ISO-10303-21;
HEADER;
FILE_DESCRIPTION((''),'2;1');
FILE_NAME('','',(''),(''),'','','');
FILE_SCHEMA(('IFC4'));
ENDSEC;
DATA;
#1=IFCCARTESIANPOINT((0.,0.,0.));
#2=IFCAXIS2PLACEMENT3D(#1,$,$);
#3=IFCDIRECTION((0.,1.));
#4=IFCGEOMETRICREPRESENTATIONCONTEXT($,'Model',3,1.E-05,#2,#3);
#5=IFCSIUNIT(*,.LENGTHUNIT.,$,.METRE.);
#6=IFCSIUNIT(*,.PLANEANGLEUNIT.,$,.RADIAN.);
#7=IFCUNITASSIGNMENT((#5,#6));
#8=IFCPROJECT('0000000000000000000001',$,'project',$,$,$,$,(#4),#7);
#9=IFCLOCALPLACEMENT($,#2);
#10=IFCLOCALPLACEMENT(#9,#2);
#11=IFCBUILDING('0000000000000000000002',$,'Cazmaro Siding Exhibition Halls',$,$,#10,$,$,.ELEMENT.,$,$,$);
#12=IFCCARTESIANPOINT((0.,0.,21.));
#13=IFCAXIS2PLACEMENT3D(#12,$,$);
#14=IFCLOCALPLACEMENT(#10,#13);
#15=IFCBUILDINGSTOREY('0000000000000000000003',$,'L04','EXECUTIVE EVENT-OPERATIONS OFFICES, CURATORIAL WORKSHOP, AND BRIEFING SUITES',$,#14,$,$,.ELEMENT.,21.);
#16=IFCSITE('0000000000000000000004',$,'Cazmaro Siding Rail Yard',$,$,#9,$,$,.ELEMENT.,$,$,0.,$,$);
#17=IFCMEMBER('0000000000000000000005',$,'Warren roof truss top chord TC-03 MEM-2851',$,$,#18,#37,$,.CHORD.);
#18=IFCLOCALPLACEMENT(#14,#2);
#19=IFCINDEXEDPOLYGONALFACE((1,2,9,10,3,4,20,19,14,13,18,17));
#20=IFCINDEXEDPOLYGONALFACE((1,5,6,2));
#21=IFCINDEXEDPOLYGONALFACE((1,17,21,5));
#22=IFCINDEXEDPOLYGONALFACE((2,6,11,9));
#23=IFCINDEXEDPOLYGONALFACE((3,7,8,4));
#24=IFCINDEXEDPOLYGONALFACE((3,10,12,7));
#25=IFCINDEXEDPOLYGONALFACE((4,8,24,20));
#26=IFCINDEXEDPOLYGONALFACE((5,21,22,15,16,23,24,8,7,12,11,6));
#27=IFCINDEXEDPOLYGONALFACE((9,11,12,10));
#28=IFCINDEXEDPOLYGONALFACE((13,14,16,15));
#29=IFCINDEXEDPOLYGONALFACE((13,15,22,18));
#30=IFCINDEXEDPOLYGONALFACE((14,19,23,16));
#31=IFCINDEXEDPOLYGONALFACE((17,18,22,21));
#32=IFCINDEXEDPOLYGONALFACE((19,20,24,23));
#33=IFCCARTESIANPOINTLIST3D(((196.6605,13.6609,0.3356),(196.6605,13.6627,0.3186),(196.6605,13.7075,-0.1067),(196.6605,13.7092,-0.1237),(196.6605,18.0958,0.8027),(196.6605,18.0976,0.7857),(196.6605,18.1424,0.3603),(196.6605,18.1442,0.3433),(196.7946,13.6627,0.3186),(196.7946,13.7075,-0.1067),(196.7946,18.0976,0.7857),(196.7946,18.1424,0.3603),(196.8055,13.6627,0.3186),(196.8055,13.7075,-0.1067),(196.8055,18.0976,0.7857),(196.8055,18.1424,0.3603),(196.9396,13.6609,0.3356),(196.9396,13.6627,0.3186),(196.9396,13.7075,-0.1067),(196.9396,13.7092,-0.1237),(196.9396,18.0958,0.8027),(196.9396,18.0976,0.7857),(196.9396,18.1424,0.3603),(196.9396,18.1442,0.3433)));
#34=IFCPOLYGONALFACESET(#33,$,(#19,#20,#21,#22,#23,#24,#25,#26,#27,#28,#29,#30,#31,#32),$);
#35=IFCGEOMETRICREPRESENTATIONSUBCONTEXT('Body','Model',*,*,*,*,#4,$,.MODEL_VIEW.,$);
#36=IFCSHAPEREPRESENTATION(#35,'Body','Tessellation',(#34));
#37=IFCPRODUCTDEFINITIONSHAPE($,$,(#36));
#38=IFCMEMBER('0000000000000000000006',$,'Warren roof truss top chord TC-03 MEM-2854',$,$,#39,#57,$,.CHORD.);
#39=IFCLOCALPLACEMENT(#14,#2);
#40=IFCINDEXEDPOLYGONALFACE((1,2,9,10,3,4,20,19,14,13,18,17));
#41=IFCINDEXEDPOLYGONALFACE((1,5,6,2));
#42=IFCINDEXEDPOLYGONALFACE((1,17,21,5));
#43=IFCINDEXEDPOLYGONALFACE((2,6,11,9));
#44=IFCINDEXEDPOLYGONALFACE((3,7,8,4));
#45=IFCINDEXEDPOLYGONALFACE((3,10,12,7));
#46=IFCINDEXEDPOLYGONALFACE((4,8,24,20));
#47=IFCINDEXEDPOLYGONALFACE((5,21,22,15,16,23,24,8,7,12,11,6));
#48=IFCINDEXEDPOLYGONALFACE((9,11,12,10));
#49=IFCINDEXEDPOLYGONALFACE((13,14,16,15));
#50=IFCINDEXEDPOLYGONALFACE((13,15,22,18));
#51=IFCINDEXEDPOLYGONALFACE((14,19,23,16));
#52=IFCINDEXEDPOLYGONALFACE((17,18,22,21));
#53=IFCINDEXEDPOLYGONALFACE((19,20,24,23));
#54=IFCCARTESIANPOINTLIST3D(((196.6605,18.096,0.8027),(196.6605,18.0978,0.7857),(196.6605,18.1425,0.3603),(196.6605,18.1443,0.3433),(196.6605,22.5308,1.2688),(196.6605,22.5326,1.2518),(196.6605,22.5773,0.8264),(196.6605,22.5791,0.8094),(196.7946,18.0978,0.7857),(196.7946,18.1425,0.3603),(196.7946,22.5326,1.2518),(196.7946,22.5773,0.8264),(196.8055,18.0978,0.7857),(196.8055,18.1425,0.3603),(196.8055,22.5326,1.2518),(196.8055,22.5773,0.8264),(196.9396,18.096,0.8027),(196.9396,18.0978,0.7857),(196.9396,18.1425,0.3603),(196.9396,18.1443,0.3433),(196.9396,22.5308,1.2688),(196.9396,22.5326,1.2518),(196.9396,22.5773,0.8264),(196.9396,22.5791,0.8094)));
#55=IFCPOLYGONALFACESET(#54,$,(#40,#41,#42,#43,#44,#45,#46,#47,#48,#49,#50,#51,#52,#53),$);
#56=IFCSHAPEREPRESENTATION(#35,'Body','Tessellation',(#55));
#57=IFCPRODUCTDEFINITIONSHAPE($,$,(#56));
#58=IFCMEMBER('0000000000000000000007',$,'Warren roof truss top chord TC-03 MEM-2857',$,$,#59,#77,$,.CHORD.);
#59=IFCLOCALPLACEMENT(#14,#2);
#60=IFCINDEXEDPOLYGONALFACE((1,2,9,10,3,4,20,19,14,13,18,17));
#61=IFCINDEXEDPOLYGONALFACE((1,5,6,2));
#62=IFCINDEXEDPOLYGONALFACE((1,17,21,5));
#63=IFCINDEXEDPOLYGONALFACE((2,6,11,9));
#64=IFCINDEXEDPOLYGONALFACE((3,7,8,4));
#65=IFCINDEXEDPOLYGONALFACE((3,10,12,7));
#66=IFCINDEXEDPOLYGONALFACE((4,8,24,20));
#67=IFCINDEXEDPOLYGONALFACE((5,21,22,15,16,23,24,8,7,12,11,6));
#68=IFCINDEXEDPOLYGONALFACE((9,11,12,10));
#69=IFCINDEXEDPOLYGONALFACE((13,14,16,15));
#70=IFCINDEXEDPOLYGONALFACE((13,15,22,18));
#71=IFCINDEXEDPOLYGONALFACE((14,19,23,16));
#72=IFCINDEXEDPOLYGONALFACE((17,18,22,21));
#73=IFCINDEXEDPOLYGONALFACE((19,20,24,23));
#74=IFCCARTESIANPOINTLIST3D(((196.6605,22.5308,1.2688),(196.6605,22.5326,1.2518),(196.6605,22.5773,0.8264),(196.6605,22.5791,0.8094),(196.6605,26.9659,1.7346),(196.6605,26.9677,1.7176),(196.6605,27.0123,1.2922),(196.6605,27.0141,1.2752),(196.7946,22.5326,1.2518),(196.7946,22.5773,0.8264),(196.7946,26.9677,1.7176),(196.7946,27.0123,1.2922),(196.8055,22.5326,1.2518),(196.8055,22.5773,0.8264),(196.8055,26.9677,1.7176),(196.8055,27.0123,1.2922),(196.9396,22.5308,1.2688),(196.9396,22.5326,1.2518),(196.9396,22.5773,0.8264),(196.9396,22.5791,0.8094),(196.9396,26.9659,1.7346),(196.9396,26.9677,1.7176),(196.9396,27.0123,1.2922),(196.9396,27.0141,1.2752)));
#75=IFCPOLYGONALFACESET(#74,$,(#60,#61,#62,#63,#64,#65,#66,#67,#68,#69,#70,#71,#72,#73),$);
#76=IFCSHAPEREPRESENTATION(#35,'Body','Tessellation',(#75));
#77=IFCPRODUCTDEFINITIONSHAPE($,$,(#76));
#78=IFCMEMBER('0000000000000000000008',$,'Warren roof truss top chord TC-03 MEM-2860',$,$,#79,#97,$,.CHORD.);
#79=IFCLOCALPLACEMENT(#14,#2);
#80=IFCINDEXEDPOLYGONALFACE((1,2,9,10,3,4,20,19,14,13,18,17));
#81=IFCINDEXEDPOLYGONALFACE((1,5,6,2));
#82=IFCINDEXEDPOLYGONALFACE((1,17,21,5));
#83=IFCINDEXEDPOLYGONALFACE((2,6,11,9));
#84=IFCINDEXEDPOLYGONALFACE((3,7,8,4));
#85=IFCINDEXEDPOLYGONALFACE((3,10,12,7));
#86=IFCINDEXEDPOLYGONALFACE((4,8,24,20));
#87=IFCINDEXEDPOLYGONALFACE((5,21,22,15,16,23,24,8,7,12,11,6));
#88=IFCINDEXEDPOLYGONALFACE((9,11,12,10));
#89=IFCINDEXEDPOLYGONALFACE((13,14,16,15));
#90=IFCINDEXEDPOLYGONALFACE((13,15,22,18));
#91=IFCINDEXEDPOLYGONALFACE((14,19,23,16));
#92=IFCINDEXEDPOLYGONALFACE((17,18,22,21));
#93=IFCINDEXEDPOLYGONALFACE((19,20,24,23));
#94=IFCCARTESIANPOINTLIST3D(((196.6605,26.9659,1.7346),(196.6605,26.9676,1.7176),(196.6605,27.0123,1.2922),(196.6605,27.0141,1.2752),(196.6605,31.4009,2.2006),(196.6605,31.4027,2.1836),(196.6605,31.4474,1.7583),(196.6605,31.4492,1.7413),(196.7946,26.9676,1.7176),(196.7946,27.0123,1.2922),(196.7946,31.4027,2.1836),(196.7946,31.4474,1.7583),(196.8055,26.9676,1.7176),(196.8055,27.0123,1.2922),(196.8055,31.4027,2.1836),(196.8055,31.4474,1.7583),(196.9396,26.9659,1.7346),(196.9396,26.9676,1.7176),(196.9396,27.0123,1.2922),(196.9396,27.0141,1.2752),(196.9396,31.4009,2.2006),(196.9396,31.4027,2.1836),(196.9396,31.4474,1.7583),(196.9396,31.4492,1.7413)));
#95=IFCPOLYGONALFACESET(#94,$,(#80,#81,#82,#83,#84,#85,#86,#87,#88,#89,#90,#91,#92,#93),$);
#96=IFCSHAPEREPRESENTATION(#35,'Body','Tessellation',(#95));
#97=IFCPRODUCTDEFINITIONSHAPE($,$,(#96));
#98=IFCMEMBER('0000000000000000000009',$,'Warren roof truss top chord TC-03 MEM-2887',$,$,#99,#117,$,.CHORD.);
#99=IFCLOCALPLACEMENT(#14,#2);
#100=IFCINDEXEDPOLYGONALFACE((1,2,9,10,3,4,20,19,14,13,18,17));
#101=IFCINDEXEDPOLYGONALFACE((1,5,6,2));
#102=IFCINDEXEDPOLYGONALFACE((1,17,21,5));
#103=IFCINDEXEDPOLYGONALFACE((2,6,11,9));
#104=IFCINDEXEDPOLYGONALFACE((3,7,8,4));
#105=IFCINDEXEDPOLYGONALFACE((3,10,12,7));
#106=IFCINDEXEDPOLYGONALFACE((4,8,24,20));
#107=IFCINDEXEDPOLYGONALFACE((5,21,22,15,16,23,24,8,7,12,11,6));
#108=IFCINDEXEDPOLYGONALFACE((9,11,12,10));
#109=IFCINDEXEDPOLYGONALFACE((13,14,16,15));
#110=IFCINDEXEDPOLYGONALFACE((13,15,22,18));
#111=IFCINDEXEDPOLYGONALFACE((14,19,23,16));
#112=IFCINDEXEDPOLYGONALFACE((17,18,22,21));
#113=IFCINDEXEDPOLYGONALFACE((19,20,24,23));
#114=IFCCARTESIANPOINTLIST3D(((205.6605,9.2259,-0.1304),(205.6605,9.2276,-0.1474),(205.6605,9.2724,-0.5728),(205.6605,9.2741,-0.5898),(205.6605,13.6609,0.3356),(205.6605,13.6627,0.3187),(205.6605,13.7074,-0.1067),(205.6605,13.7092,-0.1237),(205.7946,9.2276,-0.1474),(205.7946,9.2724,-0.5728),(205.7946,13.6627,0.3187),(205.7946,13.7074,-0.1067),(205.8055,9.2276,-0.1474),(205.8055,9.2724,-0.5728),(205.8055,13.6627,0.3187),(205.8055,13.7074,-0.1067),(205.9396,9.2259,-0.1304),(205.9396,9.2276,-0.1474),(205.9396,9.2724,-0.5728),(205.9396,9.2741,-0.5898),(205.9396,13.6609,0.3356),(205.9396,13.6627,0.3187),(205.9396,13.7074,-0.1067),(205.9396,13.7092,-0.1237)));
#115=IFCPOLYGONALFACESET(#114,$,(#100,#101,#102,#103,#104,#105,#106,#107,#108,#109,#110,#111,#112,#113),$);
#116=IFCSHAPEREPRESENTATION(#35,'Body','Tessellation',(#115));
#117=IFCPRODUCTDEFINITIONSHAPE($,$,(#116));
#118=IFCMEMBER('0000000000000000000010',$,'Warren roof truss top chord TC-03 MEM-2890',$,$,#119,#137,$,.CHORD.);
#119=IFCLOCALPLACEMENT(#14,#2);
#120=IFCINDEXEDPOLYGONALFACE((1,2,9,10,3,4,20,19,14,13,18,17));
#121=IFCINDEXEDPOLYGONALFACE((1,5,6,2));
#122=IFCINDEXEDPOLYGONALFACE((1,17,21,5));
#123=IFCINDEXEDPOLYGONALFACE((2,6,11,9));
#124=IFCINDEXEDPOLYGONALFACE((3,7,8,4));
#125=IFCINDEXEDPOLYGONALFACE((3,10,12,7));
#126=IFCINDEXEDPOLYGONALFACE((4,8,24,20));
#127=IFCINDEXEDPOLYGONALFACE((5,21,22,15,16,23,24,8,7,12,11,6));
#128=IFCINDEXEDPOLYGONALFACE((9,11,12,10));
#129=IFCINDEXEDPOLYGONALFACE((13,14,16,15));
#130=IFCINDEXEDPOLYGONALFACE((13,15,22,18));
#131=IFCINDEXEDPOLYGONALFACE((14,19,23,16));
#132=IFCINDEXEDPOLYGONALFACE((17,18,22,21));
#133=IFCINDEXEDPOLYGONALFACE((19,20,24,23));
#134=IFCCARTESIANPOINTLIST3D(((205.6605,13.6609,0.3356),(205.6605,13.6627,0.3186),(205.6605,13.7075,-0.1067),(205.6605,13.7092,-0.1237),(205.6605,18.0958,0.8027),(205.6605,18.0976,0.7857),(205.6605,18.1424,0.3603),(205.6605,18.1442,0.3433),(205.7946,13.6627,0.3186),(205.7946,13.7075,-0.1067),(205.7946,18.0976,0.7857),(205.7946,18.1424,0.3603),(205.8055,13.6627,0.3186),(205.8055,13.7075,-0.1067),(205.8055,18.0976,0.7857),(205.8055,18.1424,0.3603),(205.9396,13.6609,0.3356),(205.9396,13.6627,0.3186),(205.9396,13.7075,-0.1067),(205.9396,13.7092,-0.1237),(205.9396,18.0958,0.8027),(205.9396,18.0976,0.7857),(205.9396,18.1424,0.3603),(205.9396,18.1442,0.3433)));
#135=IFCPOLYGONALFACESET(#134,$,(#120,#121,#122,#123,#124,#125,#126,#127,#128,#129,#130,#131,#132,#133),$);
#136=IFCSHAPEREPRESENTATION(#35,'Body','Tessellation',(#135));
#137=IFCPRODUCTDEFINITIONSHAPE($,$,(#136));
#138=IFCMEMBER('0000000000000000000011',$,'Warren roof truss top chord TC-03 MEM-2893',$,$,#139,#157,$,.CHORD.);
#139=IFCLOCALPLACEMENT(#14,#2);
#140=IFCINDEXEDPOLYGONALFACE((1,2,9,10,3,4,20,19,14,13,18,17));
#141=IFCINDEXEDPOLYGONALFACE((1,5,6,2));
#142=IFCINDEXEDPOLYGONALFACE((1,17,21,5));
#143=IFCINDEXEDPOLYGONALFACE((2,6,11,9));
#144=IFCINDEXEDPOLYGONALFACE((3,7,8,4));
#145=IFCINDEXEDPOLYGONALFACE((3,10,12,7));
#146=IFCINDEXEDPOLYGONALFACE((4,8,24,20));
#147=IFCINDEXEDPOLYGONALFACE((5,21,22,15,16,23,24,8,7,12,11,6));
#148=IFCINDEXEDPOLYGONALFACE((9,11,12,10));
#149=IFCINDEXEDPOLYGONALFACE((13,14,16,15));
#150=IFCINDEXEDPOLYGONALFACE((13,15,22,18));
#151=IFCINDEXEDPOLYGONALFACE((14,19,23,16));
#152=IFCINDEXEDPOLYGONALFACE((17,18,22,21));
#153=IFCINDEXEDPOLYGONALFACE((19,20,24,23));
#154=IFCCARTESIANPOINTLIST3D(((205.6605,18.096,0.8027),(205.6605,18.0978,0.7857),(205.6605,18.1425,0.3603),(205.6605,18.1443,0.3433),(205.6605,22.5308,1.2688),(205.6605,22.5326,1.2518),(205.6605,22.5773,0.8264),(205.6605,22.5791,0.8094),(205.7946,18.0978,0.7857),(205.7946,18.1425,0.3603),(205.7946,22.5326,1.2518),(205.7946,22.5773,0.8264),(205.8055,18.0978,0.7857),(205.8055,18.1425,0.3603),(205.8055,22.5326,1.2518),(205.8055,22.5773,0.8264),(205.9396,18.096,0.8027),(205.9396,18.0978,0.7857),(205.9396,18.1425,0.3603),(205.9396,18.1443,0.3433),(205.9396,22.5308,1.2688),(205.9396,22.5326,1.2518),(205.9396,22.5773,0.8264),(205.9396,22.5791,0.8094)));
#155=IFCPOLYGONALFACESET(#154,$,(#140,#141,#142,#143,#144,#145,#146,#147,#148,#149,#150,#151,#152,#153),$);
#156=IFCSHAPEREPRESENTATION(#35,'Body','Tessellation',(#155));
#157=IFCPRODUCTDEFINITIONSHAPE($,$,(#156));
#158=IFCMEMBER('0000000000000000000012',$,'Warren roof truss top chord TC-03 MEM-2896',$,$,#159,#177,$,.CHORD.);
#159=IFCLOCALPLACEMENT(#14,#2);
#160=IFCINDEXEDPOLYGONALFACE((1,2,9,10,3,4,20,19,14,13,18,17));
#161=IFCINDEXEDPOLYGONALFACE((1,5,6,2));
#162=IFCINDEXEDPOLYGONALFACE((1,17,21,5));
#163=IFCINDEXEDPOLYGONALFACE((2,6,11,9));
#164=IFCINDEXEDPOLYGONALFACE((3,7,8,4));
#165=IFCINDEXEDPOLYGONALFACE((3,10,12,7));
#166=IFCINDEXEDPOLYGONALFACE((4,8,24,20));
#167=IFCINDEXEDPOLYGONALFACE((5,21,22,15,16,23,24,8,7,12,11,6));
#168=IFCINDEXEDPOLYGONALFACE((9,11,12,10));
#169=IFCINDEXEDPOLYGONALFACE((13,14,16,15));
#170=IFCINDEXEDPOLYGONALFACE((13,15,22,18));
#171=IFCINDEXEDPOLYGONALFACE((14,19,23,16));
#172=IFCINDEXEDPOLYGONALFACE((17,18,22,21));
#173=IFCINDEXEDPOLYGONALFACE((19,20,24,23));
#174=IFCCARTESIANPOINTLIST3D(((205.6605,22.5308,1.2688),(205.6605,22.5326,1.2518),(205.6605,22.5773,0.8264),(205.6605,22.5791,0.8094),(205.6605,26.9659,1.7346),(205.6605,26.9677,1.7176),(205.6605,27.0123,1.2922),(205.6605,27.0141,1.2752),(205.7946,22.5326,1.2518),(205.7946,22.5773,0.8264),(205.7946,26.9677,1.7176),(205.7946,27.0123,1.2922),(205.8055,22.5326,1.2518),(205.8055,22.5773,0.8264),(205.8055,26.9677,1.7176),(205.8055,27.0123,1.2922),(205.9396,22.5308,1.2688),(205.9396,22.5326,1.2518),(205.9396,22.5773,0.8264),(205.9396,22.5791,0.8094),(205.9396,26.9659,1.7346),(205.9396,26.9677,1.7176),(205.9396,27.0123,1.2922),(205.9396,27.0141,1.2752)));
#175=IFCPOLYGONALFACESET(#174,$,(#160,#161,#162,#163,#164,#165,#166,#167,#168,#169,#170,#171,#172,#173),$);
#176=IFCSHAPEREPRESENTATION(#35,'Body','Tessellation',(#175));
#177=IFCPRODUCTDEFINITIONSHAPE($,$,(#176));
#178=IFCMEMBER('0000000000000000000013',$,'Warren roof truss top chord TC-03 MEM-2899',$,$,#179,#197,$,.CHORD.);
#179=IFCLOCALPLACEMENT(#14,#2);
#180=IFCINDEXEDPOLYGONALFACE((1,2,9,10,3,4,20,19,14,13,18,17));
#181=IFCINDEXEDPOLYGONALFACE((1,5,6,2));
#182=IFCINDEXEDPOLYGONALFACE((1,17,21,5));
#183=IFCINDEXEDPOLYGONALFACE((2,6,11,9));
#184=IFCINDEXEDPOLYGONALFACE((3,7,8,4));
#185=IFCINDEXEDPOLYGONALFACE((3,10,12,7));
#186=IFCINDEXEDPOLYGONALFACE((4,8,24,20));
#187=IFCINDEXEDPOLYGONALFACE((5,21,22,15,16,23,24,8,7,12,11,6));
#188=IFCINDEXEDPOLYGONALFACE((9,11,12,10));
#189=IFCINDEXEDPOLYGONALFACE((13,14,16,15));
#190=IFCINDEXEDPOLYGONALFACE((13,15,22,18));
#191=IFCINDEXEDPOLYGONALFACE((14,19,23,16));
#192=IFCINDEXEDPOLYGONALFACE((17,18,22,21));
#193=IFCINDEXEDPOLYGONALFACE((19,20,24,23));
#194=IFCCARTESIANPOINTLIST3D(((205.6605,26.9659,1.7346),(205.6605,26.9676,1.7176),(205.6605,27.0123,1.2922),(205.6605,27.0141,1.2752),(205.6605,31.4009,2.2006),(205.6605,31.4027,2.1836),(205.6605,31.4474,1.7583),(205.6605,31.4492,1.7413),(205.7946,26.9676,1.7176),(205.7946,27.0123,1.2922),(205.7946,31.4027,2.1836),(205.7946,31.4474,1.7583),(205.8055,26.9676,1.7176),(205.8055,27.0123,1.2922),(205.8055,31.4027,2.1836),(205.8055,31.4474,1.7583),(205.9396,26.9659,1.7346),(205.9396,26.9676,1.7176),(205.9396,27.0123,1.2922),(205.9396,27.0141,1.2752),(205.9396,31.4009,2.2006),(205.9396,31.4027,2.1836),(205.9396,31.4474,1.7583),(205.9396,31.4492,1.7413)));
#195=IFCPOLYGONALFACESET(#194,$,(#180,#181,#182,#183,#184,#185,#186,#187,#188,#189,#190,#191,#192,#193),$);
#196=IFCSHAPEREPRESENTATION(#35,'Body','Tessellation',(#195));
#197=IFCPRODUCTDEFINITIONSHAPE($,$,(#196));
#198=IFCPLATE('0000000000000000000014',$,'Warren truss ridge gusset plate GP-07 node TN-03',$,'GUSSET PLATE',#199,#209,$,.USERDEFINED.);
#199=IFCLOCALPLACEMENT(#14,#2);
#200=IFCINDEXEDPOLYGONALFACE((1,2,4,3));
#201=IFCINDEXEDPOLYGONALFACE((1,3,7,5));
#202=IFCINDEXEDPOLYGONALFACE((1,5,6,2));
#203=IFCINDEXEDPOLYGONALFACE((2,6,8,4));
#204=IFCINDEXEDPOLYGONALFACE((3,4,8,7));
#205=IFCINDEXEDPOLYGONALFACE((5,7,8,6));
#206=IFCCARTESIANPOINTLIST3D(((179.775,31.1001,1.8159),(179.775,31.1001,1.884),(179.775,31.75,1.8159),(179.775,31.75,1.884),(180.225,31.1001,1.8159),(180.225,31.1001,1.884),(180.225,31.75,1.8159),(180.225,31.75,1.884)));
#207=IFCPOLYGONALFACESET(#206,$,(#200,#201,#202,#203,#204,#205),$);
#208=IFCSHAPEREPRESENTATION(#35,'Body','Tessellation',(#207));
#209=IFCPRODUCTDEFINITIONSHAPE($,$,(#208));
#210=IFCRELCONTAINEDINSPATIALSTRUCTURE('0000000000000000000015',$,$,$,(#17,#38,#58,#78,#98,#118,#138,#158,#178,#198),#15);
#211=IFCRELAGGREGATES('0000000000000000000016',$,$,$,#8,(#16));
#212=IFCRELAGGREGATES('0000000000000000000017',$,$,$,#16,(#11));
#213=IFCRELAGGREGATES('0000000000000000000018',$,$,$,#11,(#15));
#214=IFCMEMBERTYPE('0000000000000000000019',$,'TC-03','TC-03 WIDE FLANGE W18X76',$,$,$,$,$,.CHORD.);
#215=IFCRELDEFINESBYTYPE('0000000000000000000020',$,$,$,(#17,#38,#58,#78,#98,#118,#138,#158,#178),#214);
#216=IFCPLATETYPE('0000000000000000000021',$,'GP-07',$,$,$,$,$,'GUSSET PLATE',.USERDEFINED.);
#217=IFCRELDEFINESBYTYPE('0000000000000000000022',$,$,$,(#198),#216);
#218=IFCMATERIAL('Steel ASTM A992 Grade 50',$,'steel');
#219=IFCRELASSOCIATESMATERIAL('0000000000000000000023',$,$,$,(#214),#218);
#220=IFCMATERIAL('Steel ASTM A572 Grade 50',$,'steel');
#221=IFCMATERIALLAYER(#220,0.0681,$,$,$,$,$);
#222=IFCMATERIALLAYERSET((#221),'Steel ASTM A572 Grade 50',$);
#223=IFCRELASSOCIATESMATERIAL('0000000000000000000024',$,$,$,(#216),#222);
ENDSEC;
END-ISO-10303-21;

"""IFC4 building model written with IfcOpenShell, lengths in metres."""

from ifc_helpers import new_model, si_unit, direction, frame, origin, origin_2d, place, context, subcontext, project, spatial, rectangle, i_section, extrude, material, layer, layer_set, material_profile, profile_set, type_object, element, save


model = new_model("IFC4")

# Units and contexts
model_context = context("Model", 3, precision=1e-05, world=origin(), true_north=direction((0.0, 1.0)))
body_context = subcontext(model_context, "Body", "Model", "MODEL_VIEW")
ifc_project = project(units=[si_unit("LENGTHUNIT", "METRE"), si_unit("PLANEANGLEUNIT", "RADIAN")], contexts=[model_context])

# Site, building, storey
site_placement = place(None, origin())
site = spatial("IfcSite", under=ifc_project, at=site_placement, Name="Cazmaro Siding Rail Yard", CompositionType="ELEMENT", RefElevation=0.0)
building_placement = place(site_placement, origin())
building = spatial("IfcBuilding", under=site, at=building_placement, Name="Cazmaro Siding Exhibition Halls", CompositionType="ELEMENT")
storey_placement = place(building_placement, frame((0.0, 0.0, 21.0)))
storey = spatial("IfcBuildingStorey", under=building, at=storey_placement, Name="L04", Description="EXECUTIVE EVENT-OPERATIONS OFFICES, CURATORIAL WORKSHOP, AND BRIEFING SUITES", CompositionType="ELEMENT", Elevation=21.0)

# Members
ifc_material_1 = material(Name="Steel ASTM A992 Grade 50", Category="steel")
ifc_material_profile_1 = material_profile(ifc_material_1, i_section(OverallWidth=0.2791, OverallDepth=0.4619, WebThickness=0.011, FlangeThickness=0.0171, at=origin_2d()), Name="W18X76")
ifc_profile_set_1 = profile_set([ifc_material_profile_1], Name="Steel ASTM A992 Grade 50")
member_type_1 = type_object("IfcMemberType", Name="TC-03", Description="TC-03 WIDE FLANGE W18X76", PredefinedType="CHORD", material=ifc_profile_set_1)
for number, where, z_axis, x_axis, name in (
    (1, (196.8, 13.6851, 0.106), (0.0, 0.994501, 0.104728), (-1.0, 0.0, 0.0), "Warren roof truss top chord TC-03 MEM-2851"),
):
    element("IfcMember", number, at=place(storey_placement, frame(where, z_axis=z_axis, x_axis=x_axis)), inside=storey, type_object=member_type_1, Name=name, PredefinedType="CHORD", context=body_context, shape_type="SweptSolid", body=[
        extrude(i_section(OverallWidth=0.2791, OverallDepth=0.4619, WebThickness=0.011, FlangeThickness=0.0171, at=origin_2d()), origin(), (0.0, 0.0, 1.0), 4.4595),
    ])
member_1_placement = place(storey_placement, frame((196.8, 18.1201, 0.573), z_axis=(0.0, 0.994523, 0.104517), x_axis=(-1.0, 0.0, 0.0)))
element("IfcMember", 2, at=member_1_placement, inside=storey, type_object=member_type_1, Name="Warren roof truss top chord TC-03 MEM-2854", PredefinedType="CHORD", context=body_context, shape_type="SweptSolid", body=[
    extrude(i_section(OverallWidth=0.2791, OverallDepth=0.4619, WebThickness=0.011, FlangeThickness=0.0171, at=origin_2d()), origin(), (0.0, 0.0, 1.0), 4.4592),
])
for number, where, z_axis, x_axis, name in (
    (3, (196.8, 22.5549, 1.0391), (0.0, 0.994529, 0.104457), (-1.0, 0.0, 0.0), "Warren roof truss top chord TC-03 MEM-2857"),
    (4, (196.8, 26.99, 1.5049), (0.0, 0.994524, 0.104511), (-1.0, 0.0, 0.0), "Warren roof truss top chord TC-03 MEM-2860"),
    (5, (205.8, 9.25, -0.3601), (0.0, 0.994524, 0.104511), (-1.0, 0.0, 0.0), "Warren roof truss top chord TC-03 MEM-2887"),
    (6, (205.8, 13.6851, 0.106), (0.0, 0.994501, 0.104728), (-1.0, 0.0, 0.0), "Warren roof truss top chord TC-03 MEM-2890"),
):
    element("IfcMember", number, at=place(storey_placement, frame(where, z_axis=z_axis, x_axis=x_axis)), inside=storey, type_object=member_type_1, Name=name, PredefinedType="CHORD", context=body_context, shape_type="SweptSolid", body=[
        extrude(i_section(OverallWidth=0.2791, OverallDepth=0.4619, WebThickness=0.011, FlangeThickness=0.0171, at=origin_2d()), origin(), (0.0, 0.0, 1.0), 4.4595),
    ])
member_2_placement = place(storey_placement, frame((205.8, 18.1201, 0.573), z_axis=(0.0, 0.994523, 0.104517), x_axis=(-1.0, 0.0, 0.0)))
element("IfcMember", 7, at=member_2_placement, inside=storey, type_object=member_type_1, Name="Warren roof truss top chord TC-03 MEM-2893", PredefinedType="CHORD", context=body_context, shape_type="SweptSolid", body=[
    extrude(i_section(OverallWidth=0.2791, OverallDepth=0.4619, WebThickness=0.011, FlangeThickness=0.0171, at=origin_2d()), origin(), (0.0, 0.0, 1.0), 4.4592),
])
for number, where, z_axis, x_axis, name in (
    (8, (205.8, 22.5549, 1.0391), (0.0, 0.994529, 0.104457), (-1.0, 0.0, 0.0), "Warren roof truss top chord TC-03 MEM-2896"),
    (9, (205.8, 26.99, 1.5049), (0.0, 0.994524, 0.104511), (-1.0, 0.0, 0.0), "Warren roof truss top chord TC-03 MEM-2899"),
):
    element("IfcMember", number, at=place(storey_placement, frame(where, z_axis=z_axis, x_axis=x_axis)), inside=storey, type_object=member_type_1, Name=name, PredefinedType="CHORD", context=body_context, shape_type="SweptSolid", body=[
        extrude(i_section(OverallWidth=0.2791, OverallDepth=0.4619, WebThickness=0.011, FlangeThickness=0.0171, at=origin_2d()), origin(), (0.0, 0.0, 1.0), 4.4595),
    ])

# Plate
ifc_material_2 = material(Name="Steel ASTM A572 Grade 50", Category="steel")
ifc_layer_1 = layer(ifc_material_2, 0.0681)
ifc_layer_set_1 = layer_set([ifc_layer_1], Name="Steel ASTM A572 Grade 50")
plate_type = type_object("IfcPlateType", Name="GP-07", ElementType="GUSSET PLATE", PredefinedType="USERDEFINED", material=ifc_layer_set_1)
plate_placement = place(storey_placement, frame((180.0, 31.425, 1.8159), z_axis=(0.0, 0.0, 1.0), x_axis=(0.0, 1.0, 0.0)))
element("IfcPlate", 10, at=plate_placement, inside=storey, type_object=plate_type, Name="Warren truss ridge gusset plate GP-07 node TN-03", ObjectType="GUSSET PLATE", PredefinedType="USERDEFINED", context=body_context, shape_type="SweptSolid", body=[
    extrude(rectangle(XDim=0.6499, YDim=0.45, at=origin_2d()), origin(), (0.0, 0.0, 1.0), 0.0681),
])

save(model, "model.ifc")
